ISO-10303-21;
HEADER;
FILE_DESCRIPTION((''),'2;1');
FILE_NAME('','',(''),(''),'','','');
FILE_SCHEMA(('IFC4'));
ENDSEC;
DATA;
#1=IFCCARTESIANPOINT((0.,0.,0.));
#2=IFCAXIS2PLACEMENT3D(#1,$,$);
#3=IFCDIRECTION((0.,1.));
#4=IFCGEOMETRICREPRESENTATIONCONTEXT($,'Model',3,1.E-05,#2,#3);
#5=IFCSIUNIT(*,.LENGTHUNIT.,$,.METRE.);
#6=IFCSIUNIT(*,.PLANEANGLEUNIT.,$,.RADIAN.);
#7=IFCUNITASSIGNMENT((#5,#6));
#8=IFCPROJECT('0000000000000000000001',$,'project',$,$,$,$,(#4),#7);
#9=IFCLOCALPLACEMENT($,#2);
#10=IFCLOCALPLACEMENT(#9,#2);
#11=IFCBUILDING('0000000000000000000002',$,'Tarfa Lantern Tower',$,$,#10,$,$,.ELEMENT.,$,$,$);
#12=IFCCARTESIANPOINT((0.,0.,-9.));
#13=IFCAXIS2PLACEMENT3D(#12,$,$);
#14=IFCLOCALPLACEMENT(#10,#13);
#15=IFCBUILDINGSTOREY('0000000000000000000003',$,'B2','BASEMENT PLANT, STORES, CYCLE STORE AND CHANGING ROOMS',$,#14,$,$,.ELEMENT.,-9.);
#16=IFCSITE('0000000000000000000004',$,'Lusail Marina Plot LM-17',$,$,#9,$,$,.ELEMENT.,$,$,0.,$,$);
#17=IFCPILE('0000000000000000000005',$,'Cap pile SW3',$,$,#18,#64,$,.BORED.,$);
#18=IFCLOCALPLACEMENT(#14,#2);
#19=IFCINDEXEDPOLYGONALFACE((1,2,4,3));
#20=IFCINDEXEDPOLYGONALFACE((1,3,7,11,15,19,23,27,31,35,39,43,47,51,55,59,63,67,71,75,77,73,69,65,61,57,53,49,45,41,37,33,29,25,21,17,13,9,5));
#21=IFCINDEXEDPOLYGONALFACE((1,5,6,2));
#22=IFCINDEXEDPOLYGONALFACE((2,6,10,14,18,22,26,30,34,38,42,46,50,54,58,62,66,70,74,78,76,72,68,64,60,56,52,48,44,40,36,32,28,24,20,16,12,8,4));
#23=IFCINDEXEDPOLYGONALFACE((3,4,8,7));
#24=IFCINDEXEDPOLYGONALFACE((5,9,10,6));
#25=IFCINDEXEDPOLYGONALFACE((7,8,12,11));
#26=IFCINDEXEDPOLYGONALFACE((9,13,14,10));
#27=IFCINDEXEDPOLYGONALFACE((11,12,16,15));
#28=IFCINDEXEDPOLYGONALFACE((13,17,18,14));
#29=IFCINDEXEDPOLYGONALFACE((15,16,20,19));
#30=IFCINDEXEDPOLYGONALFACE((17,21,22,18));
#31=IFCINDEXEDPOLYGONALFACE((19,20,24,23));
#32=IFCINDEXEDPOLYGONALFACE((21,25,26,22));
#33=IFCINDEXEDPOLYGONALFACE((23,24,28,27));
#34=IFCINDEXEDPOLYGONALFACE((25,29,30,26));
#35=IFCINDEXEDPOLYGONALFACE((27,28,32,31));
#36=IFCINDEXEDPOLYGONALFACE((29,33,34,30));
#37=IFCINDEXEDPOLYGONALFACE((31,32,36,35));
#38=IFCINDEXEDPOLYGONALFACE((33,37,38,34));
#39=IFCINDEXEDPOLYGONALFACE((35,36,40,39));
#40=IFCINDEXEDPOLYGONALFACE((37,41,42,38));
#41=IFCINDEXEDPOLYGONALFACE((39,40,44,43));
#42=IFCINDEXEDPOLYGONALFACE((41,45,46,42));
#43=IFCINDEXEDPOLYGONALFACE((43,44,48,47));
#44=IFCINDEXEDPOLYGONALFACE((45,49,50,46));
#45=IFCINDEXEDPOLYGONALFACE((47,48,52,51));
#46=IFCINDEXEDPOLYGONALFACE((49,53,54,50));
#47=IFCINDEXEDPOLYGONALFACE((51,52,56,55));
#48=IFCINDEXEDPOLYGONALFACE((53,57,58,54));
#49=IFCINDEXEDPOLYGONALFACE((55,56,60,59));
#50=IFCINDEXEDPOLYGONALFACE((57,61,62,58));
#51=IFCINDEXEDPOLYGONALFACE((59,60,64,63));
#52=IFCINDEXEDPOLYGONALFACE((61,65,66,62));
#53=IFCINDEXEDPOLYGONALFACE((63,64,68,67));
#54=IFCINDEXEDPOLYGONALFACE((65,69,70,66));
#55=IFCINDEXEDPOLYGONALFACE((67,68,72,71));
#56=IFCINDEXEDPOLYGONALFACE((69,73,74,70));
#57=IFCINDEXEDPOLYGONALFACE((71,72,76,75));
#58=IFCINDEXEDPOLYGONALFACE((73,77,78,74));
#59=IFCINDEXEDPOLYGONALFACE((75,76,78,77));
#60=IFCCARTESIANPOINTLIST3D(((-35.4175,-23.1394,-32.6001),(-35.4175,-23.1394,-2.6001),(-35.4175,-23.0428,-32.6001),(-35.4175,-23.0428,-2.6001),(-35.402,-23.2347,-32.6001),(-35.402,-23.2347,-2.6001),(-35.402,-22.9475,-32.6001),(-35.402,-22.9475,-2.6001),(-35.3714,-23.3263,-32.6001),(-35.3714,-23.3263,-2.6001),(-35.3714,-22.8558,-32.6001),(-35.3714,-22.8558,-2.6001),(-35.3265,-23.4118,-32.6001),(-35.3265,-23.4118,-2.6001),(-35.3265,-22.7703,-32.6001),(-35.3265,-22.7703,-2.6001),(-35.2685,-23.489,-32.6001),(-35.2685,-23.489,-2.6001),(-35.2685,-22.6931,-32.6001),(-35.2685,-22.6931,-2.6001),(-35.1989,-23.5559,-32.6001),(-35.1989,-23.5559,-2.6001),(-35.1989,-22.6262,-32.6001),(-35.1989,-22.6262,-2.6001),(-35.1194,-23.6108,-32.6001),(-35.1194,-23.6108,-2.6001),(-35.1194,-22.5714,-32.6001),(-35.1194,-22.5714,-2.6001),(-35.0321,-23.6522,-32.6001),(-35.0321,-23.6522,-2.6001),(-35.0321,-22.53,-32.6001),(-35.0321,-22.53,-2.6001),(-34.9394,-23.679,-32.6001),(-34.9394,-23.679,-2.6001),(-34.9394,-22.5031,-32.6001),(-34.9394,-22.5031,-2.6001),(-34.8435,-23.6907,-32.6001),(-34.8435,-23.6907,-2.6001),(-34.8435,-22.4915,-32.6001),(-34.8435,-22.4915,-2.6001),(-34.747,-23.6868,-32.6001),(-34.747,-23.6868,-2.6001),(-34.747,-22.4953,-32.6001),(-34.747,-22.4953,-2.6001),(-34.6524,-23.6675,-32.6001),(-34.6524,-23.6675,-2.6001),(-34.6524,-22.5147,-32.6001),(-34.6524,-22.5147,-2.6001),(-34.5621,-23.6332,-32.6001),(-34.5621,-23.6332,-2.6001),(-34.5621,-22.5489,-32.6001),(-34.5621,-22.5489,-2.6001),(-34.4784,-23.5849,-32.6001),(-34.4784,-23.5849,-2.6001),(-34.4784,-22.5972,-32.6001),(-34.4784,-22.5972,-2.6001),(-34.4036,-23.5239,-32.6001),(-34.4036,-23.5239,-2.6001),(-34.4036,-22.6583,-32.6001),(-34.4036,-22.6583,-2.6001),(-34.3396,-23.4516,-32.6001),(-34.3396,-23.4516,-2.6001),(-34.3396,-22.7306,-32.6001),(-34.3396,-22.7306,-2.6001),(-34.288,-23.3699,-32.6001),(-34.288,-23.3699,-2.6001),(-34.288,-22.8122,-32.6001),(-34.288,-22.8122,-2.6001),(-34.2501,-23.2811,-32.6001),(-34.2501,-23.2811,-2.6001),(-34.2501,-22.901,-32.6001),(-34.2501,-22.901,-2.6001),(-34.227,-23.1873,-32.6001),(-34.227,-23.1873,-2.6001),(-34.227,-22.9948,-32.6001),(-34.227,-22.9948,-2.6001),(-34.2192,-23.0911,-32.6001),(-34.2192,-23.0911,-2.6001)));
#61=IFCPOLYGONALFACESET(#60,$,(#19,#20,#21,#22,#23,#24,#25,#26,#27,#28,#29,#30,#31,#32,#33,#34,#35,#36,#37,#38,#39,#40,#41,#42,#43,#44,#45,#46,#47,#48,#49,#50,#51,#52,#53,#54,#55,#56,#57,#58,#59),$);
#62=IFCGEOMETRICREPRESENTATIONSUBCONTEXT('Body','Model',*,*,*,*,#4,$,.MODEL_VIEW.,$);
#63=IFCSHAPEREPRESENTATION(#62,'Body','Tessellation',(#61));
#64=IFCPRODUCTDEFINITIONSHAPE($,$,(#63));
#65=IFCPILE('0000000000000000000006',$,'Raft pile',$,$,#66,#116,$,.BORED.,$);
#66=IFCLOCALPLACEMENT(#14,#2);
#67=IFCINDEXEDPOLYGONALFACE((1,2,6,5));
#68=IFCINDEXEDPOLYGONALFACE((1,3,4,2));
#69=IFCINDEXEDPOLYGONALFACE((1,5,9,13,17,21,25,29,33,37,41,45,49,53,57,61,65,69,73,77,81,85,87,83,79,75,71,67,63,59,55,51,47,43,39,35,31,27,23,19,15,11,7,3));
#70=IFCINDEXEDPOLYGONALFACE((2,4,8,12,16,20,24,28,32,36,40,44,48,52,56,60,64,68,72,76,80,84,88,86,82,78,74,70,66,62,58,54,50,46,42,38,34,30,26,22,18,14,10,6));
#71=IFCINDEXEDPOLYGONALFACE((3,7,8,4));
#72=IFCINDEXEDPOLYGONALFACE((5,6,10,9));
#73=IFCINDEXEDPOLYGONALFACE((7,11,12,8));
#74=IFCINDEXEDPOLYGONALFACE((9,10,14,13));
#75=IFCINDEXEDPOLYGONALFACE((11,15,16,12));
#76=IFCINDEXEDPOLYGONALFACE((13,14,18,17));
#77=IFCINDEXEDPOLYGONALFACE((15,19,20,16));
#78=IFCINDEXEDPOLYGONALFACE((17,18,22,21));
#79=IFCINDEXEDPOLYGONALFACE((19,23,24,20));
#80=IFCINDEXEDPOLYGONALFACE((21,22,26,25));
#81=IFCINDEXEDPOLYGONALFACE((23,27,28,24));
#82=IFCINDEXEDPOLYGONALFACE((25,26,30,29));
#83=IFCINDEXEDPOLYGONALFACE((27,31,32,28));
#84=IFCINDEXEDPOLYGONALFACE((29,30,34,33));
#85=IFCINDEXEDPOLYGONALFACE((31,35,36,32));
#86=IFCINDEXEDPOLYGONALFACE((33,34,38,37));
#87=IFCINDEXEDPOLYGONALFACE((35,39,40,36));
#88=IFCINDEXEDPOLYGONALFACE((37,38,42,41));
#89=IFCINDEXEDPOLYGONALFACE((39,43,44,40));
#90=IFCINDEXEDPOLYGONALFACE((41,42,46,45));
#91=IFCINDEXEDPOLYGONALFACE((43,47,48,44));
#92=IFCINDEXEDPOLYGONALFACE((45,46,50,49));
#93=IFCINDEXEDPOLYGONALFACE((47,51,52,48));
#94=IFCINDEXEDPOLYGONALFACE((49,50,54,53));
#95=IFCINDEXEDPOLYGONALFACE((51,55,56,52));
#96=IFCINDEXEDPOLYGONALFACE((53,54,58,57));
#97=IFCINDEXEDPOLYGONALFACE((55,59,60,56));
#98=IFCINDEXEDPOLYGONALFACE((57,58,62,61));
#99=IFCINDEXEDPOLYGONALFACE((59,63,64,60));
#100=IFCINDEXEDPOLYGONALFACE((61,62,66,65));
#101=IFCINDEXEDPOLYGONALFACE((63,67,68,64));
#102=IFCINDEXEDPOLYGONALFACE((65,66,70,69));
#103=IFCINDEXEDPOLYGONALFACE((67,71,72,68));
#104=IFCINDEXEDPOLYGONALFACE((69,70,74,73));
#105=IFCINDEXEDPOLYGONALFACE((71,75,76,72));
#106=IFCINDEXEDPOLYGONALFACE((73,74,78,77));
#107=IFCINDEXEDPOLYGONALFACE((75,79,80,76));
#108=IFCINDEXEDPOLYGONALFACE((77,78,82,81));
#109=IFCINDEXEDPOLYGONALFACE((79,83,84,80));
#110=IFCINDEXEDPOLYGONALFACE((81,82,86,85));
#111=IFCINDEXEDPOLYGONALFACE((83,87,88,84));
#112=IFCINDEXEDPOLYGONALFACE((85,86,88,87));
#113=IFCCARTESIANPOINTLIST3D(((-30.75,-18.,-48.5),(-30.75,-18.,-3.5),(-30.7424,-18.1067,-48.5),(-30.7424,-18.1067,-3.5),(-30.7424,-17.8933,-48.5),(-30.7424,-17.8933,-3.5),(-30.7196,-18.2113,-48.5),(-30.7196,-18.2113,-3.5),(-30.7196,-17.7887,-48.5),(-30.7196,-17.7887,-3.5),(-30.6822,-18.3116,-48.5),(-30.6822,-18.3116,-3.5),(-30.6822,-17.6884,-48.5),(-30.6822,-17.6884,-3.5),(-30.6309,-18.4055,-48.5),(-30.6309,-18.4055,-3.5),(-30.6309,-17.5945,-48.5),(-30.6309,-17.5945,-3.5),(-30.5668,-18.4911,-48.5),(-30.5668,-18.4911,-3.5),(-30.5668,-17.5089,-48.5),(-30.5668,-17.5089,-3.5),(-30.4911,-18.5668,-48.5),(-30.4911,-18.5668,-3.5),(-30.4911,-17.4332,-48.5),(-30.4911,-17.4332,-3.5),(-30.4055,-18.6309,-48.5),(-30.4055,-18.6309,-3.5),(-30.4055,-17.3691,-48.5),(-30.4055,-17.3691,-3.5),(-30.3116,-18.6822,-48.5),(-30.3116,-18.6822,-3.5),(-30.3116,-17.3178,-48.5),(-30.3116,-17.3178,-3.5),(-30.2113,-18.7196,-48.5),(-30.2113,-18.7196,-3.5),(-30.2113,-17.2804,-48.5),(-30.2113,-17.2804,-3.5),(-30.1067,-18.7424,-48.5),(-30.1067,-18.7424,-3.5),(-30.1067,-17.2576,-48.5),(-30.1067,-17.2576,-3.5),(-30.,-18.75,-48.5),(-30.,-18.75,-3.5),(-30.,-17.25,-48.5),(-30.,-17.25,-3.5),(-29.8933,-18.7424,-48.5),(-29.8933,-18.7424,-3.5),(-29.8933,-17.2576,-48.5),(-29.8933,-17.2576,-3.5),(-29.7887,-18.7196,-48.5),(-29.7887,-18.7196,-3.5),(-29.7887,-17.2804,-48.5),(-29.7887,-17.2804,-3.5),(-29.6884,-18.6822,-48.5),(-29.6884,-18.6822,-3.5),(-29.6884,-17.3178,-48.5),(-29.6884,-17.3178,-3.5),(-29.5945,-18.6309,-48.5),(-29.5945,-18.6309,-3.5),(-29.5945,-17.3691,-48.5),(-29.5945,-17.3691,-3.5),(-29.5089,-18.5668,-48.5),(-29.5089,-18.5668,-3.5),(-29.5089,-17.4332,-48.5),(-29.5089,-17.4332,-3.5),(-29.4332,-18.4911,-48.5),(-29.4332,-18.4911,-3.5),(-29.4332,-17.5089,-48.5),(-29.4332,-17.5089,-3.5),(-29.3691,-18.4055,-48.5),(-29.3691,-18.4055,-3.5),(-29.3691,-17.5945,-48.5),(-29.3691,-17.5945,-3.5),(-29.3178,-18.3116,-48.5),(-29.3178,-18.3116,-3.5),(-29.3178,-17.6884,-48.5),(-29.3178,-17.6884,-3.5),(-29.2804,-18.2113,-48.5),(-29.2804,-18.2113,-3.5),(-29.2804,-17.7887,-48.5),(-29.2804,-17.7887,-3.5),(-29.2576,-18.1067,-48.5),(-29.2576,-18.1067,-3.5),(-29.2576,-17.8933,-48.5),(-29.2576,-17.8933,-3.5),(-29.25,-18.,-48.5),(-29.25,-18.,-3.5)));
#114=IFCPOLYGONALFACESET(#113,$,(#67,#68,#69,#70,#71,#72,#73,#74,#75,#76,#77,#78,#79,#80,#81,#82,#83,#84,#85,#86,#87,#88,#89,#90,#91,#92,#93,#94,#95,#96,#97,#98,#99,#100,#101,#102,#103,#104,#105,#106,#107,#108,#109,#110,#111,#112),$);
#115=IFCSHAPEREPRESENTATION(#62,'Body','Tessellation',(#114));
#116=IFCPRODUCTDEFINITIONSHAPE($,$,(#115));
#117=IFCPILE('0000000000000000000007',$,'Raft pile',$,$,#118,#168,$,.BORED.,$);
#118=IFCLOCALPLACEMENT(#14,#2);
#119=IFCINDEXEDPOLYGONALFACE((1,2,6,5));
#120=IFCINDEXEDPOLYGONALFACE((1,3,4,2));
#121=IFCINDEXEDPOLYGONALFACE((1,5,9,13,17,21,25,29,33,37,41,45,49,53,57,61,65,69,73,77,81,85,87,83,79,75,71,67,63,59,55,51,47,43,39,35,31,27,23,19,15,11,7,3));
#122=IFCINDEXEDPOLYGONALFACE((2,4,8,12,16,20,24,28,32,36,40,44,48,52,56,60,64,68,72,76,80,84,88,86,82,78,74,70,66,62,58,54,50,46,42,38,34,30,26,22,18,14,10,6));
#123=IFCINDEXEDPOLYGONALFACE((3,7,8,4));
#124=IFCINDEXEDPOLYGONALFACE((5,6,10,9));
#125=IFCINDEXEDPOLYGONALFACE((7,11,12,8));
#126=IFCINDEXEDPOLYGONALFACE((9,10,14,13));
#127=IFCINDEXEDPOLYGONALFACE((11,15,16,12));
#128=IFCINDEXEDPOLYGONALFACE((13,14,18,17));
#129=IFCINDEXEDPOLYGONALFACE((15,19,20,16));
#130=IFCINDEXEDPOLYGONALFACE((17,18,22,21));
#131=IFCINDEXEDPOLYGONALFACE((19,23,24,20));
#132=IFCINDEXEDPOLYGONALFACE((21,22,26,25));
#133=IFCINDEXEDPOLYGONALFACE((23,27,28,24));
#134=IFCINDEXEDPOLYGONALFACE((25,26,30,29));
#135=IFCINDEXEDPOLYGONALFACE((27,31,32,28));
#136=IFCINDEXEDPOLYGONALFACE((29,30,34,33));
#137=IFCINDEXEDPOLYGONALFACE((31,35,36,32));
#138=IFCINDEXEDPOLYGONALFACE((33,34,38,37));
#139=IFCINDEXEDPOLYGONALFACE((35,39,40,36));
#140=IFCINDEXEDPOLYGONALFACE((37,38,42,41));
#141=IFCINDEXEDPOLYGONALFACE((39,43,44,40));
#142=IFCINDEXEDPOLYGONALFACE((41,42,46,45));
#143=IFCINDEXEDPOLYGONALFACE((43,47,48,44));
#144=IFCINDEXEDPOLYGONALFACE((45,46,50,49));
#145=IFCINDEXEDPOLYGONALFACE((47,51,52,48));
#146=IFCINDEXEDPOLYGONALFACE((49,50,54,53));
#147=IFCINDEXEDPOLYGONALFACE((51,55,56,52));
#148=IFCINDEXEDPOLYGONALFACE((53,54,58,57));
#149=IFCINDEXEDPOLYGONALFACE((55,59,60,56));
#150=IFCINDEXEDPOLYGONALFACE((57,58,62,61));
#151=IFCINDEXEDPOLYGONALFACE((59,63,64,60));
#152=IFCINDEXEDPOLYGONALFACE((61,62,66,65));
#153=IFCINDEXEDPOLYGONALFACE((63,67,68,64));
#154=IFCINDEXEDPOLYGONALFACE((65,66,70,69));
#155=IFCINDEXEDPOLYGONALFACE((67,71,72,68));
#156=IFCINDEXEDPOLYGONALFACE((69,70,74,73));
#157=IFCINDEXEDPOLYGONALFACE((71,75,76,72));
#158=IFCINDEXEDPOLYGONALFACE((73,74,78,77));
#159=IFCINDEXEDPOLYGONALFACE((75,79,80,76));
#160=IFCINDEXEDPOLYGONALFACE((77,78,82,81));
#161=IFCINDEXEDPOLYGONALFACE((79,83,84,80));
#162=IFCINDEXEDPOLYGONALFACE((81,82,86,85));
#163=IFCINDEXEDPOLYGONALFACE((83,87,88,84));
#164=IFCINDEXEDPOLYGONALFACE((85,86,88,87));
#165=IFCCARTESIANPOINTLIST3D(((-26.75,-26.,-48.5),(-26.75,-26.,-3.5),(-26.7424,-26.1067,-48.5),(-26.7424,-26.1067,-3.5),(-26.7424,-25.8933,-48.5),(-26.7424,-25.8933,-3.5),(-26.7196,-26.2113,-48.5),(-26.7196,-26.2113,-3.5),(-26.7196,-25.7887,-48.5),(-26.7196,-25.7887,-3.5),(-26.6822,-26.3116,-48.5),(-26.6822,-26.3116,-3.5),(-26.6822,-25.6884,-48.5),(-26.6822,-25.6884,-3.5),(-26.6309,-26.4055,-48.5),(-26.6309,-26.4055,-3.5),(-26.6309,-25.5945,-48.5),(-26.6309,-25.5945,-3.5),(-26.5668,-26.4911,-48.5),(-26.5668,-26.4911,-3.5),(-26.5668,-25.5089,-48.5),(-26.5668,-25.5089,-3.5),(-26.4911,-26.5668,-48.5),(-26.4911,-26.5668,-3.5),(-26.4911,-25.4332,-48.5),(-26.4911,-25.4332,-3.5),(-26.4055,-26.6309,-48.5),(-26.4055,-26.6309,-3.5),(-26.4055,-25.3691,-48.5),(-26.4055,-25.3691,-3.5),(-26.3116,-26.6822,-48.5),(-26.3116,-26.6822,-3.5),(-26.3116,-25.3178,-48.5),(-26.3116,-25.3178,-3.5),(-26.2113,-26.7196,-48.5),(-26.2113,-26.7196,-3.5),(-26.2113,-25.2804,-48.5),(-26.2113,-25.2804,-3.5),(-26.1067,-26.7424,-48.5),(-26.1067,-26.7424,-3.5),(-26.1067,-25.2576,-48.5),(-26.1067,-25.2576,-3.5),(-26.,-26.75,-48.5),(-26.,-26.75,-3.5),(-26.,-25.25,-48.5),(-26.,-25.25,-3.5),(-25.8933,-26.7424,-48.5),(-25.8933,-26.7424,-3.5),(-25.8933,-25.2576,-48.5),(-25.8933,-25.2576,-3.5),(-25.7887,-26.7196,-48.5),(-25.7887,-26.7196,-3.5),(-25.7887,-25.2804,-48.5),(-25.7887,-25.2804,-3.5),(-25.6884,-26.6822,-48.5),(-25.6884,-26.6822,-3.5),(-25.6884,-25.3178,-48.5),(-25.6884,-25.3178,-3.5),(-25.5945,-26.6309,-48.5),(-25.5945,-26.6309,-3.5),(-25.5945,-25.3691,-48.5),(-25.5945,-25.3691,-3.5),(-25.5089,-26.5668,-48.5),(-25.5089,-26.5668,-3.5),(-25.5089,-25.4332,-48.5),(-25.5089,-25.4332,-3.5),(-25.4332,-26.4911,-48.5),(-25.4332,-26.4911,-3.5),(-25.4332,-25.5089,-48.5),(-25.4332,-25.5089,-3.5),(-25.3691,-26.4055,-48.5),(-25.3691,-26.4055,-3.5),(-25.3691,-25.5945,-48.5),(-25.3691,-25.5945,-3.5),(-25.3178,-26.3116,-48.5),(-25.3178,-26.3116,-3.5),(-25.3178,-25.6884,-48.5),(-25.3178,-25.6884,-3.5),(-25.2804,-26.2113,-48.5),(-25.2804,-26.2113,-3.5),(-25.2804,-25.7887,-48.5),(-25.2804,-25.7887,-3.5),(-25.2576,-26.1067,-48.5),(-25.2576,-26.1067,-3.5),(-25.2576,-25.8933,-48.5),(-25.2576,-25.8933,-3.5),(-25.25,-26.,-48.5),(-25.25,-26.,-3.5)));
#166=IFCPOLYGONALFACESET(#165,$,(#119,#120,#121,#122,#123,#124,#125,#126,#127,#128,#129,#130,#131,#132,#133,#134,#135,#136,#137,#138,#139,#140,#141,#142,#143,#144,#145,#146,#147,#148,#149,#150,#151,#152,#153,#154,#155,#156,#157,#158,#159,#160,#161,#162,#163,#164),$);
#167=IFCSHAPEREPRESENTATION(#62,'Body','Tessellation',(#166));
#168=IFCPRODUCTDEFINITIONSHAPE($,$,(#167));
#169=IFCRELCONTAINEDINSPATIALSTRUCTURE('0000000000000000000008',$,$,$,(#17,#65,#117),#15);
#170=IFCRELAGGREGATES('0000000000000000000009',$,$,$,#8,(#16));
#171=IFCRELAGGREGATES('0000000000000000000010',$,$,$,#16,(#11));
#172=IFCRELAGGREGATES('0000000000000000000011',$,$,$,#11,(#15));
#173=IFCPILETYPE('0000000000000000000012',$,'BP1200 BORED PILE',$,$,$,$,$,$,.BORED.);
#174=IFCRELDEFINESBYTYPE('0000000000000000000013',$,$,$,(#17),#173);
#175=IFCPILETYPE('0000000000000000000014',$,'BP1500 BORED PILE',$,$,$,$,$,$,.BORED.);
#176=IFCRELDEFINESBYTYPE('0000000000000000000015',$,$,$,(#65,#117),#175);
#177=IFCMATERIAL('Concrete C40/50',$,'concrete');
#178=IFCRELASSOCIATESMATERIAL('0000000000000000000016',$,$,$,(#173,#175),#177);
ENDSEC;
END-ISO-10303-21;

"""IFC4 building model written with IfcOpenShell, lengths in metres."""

from ifc_helpers import new_model, si_unit, direction, frame, origin, origin_2d, place, context, subcontext, project, spatial, circle, extrude, material, material_profile, profile_set, type_object, element, save


model = new_model("IFC4")

# Units and contexts
model_context = context("Model", 3, precision=1e-05, world=origin(), true_north=direction((0.0, 1.0)))
body_context = subcontext(model_context, "Body", "Model", "MODEL_VIEW")
ifc_project = project(units=[si_unit("LENGTHUNIT", "METRE"), si_unit("PLANEANGLEUNIT", "RADIAN")], contexts=[model_context])

# Site, building, storey
site_placement = place(None, origin())
site = spatial("IfcSite", under=ifc_project, at=site_placement, Name="Lusail Marina Plot LM-17", CompositionType="ELEMENT", RefElevation=0.0)
building_placement = place(site_placement, origin())
building = spatial("IfcBuilding", under=site, at=building_placement, Name="Tarfa Lantern Tower", CompositionType="ELEMENT")
storey_placement = place(building_placement, frame((0.0, 0.0, -9.0)))
storey = spatial("IfcBuildingStorey", under=building, at=storey_placement, Name="B2", Description="BASEMENT PLANT, STORES, CYCLE STORE AND CHANGING ROOMS", CompositionType="ELEMENT", Elevation=-9.0)

# Piles
ifc_material_1 = material(Name="Concrete C40/50", Category="concrete")
ifc_material_profile_1 = material_profile(ifc_material_1, circle(Radius=0.6001, at=origin_2d()), Name="BORED PILE D1200")
ifc_profile_set_1 = profile_set([ifc_material_profile_1], Name="Concrete C40/50")
pile_type_1 = type_object("IfcPileType", Name="BP1200 BORED PILE", PredefinedType="BORED", material=ifc_profile_set_1)
for number, where, z_axis, x_axis, name in (
    (1, (-34.8193, -23.0911, -2.6001), (0.0, 0.0, -1.0), (1.0, 0.0, 0.0), "Cap pile SW3"),
):
    element("IfcPile", number, at=place(storey_placement, frame(where, z_axis=z_axis, x_axis=x_axis)), inside=storey, type_object=pile_type_1, Name=name, PredefinedType="BORED", context=body_context, shape_type="SweptSolid", body=[
        extrude(circle(Radius=0.6001, at=origin_2d()), origin(), (0.0, 0.0, 1.0), 30.0),
    ])
ifc_material_profile_2 = material_profile(ifc_material_1, circle(Radius=0.75, at=origin_2d()), Name="BORED PILE D1500")
ifc_profile_set_2 = profile_set([ifc_material_profile_2], Name="Concrete C40/50")
pile_type_2 = type_object("IfcPileType", Name="BP1500 BORED PILE", PredefinedType="BORED", material=ifc_profile_set_2)
for number, where, z_axis, x_axis, name in (
    (2, (-30.0, -18.0, -3.5), (0.0, 0.0, -1.0), (1.0, 0.0, 0.0), "Raft pile"),
    (3, (-26.0, -26.0, -3.5), (0.0, 0.0, -1.0), (1.0, 0.0, 0.0), "Raft pile"),
):
    element("IfcPile", number, at=place(storey_placement, frame(where, z_axis=z_axis, x_axis=x_axis)), inside=storey, type_object=pile_type_2, Name=name, PredefinedType="BORED", context=body_context, shape_type="SweptSolid", body=[
        extrude(circle(Radius=0.75, at=origin_2d()), origin(), (0.0, 0.0, 1.0), 45.0),
    ])

save(model, "model.ifc")
